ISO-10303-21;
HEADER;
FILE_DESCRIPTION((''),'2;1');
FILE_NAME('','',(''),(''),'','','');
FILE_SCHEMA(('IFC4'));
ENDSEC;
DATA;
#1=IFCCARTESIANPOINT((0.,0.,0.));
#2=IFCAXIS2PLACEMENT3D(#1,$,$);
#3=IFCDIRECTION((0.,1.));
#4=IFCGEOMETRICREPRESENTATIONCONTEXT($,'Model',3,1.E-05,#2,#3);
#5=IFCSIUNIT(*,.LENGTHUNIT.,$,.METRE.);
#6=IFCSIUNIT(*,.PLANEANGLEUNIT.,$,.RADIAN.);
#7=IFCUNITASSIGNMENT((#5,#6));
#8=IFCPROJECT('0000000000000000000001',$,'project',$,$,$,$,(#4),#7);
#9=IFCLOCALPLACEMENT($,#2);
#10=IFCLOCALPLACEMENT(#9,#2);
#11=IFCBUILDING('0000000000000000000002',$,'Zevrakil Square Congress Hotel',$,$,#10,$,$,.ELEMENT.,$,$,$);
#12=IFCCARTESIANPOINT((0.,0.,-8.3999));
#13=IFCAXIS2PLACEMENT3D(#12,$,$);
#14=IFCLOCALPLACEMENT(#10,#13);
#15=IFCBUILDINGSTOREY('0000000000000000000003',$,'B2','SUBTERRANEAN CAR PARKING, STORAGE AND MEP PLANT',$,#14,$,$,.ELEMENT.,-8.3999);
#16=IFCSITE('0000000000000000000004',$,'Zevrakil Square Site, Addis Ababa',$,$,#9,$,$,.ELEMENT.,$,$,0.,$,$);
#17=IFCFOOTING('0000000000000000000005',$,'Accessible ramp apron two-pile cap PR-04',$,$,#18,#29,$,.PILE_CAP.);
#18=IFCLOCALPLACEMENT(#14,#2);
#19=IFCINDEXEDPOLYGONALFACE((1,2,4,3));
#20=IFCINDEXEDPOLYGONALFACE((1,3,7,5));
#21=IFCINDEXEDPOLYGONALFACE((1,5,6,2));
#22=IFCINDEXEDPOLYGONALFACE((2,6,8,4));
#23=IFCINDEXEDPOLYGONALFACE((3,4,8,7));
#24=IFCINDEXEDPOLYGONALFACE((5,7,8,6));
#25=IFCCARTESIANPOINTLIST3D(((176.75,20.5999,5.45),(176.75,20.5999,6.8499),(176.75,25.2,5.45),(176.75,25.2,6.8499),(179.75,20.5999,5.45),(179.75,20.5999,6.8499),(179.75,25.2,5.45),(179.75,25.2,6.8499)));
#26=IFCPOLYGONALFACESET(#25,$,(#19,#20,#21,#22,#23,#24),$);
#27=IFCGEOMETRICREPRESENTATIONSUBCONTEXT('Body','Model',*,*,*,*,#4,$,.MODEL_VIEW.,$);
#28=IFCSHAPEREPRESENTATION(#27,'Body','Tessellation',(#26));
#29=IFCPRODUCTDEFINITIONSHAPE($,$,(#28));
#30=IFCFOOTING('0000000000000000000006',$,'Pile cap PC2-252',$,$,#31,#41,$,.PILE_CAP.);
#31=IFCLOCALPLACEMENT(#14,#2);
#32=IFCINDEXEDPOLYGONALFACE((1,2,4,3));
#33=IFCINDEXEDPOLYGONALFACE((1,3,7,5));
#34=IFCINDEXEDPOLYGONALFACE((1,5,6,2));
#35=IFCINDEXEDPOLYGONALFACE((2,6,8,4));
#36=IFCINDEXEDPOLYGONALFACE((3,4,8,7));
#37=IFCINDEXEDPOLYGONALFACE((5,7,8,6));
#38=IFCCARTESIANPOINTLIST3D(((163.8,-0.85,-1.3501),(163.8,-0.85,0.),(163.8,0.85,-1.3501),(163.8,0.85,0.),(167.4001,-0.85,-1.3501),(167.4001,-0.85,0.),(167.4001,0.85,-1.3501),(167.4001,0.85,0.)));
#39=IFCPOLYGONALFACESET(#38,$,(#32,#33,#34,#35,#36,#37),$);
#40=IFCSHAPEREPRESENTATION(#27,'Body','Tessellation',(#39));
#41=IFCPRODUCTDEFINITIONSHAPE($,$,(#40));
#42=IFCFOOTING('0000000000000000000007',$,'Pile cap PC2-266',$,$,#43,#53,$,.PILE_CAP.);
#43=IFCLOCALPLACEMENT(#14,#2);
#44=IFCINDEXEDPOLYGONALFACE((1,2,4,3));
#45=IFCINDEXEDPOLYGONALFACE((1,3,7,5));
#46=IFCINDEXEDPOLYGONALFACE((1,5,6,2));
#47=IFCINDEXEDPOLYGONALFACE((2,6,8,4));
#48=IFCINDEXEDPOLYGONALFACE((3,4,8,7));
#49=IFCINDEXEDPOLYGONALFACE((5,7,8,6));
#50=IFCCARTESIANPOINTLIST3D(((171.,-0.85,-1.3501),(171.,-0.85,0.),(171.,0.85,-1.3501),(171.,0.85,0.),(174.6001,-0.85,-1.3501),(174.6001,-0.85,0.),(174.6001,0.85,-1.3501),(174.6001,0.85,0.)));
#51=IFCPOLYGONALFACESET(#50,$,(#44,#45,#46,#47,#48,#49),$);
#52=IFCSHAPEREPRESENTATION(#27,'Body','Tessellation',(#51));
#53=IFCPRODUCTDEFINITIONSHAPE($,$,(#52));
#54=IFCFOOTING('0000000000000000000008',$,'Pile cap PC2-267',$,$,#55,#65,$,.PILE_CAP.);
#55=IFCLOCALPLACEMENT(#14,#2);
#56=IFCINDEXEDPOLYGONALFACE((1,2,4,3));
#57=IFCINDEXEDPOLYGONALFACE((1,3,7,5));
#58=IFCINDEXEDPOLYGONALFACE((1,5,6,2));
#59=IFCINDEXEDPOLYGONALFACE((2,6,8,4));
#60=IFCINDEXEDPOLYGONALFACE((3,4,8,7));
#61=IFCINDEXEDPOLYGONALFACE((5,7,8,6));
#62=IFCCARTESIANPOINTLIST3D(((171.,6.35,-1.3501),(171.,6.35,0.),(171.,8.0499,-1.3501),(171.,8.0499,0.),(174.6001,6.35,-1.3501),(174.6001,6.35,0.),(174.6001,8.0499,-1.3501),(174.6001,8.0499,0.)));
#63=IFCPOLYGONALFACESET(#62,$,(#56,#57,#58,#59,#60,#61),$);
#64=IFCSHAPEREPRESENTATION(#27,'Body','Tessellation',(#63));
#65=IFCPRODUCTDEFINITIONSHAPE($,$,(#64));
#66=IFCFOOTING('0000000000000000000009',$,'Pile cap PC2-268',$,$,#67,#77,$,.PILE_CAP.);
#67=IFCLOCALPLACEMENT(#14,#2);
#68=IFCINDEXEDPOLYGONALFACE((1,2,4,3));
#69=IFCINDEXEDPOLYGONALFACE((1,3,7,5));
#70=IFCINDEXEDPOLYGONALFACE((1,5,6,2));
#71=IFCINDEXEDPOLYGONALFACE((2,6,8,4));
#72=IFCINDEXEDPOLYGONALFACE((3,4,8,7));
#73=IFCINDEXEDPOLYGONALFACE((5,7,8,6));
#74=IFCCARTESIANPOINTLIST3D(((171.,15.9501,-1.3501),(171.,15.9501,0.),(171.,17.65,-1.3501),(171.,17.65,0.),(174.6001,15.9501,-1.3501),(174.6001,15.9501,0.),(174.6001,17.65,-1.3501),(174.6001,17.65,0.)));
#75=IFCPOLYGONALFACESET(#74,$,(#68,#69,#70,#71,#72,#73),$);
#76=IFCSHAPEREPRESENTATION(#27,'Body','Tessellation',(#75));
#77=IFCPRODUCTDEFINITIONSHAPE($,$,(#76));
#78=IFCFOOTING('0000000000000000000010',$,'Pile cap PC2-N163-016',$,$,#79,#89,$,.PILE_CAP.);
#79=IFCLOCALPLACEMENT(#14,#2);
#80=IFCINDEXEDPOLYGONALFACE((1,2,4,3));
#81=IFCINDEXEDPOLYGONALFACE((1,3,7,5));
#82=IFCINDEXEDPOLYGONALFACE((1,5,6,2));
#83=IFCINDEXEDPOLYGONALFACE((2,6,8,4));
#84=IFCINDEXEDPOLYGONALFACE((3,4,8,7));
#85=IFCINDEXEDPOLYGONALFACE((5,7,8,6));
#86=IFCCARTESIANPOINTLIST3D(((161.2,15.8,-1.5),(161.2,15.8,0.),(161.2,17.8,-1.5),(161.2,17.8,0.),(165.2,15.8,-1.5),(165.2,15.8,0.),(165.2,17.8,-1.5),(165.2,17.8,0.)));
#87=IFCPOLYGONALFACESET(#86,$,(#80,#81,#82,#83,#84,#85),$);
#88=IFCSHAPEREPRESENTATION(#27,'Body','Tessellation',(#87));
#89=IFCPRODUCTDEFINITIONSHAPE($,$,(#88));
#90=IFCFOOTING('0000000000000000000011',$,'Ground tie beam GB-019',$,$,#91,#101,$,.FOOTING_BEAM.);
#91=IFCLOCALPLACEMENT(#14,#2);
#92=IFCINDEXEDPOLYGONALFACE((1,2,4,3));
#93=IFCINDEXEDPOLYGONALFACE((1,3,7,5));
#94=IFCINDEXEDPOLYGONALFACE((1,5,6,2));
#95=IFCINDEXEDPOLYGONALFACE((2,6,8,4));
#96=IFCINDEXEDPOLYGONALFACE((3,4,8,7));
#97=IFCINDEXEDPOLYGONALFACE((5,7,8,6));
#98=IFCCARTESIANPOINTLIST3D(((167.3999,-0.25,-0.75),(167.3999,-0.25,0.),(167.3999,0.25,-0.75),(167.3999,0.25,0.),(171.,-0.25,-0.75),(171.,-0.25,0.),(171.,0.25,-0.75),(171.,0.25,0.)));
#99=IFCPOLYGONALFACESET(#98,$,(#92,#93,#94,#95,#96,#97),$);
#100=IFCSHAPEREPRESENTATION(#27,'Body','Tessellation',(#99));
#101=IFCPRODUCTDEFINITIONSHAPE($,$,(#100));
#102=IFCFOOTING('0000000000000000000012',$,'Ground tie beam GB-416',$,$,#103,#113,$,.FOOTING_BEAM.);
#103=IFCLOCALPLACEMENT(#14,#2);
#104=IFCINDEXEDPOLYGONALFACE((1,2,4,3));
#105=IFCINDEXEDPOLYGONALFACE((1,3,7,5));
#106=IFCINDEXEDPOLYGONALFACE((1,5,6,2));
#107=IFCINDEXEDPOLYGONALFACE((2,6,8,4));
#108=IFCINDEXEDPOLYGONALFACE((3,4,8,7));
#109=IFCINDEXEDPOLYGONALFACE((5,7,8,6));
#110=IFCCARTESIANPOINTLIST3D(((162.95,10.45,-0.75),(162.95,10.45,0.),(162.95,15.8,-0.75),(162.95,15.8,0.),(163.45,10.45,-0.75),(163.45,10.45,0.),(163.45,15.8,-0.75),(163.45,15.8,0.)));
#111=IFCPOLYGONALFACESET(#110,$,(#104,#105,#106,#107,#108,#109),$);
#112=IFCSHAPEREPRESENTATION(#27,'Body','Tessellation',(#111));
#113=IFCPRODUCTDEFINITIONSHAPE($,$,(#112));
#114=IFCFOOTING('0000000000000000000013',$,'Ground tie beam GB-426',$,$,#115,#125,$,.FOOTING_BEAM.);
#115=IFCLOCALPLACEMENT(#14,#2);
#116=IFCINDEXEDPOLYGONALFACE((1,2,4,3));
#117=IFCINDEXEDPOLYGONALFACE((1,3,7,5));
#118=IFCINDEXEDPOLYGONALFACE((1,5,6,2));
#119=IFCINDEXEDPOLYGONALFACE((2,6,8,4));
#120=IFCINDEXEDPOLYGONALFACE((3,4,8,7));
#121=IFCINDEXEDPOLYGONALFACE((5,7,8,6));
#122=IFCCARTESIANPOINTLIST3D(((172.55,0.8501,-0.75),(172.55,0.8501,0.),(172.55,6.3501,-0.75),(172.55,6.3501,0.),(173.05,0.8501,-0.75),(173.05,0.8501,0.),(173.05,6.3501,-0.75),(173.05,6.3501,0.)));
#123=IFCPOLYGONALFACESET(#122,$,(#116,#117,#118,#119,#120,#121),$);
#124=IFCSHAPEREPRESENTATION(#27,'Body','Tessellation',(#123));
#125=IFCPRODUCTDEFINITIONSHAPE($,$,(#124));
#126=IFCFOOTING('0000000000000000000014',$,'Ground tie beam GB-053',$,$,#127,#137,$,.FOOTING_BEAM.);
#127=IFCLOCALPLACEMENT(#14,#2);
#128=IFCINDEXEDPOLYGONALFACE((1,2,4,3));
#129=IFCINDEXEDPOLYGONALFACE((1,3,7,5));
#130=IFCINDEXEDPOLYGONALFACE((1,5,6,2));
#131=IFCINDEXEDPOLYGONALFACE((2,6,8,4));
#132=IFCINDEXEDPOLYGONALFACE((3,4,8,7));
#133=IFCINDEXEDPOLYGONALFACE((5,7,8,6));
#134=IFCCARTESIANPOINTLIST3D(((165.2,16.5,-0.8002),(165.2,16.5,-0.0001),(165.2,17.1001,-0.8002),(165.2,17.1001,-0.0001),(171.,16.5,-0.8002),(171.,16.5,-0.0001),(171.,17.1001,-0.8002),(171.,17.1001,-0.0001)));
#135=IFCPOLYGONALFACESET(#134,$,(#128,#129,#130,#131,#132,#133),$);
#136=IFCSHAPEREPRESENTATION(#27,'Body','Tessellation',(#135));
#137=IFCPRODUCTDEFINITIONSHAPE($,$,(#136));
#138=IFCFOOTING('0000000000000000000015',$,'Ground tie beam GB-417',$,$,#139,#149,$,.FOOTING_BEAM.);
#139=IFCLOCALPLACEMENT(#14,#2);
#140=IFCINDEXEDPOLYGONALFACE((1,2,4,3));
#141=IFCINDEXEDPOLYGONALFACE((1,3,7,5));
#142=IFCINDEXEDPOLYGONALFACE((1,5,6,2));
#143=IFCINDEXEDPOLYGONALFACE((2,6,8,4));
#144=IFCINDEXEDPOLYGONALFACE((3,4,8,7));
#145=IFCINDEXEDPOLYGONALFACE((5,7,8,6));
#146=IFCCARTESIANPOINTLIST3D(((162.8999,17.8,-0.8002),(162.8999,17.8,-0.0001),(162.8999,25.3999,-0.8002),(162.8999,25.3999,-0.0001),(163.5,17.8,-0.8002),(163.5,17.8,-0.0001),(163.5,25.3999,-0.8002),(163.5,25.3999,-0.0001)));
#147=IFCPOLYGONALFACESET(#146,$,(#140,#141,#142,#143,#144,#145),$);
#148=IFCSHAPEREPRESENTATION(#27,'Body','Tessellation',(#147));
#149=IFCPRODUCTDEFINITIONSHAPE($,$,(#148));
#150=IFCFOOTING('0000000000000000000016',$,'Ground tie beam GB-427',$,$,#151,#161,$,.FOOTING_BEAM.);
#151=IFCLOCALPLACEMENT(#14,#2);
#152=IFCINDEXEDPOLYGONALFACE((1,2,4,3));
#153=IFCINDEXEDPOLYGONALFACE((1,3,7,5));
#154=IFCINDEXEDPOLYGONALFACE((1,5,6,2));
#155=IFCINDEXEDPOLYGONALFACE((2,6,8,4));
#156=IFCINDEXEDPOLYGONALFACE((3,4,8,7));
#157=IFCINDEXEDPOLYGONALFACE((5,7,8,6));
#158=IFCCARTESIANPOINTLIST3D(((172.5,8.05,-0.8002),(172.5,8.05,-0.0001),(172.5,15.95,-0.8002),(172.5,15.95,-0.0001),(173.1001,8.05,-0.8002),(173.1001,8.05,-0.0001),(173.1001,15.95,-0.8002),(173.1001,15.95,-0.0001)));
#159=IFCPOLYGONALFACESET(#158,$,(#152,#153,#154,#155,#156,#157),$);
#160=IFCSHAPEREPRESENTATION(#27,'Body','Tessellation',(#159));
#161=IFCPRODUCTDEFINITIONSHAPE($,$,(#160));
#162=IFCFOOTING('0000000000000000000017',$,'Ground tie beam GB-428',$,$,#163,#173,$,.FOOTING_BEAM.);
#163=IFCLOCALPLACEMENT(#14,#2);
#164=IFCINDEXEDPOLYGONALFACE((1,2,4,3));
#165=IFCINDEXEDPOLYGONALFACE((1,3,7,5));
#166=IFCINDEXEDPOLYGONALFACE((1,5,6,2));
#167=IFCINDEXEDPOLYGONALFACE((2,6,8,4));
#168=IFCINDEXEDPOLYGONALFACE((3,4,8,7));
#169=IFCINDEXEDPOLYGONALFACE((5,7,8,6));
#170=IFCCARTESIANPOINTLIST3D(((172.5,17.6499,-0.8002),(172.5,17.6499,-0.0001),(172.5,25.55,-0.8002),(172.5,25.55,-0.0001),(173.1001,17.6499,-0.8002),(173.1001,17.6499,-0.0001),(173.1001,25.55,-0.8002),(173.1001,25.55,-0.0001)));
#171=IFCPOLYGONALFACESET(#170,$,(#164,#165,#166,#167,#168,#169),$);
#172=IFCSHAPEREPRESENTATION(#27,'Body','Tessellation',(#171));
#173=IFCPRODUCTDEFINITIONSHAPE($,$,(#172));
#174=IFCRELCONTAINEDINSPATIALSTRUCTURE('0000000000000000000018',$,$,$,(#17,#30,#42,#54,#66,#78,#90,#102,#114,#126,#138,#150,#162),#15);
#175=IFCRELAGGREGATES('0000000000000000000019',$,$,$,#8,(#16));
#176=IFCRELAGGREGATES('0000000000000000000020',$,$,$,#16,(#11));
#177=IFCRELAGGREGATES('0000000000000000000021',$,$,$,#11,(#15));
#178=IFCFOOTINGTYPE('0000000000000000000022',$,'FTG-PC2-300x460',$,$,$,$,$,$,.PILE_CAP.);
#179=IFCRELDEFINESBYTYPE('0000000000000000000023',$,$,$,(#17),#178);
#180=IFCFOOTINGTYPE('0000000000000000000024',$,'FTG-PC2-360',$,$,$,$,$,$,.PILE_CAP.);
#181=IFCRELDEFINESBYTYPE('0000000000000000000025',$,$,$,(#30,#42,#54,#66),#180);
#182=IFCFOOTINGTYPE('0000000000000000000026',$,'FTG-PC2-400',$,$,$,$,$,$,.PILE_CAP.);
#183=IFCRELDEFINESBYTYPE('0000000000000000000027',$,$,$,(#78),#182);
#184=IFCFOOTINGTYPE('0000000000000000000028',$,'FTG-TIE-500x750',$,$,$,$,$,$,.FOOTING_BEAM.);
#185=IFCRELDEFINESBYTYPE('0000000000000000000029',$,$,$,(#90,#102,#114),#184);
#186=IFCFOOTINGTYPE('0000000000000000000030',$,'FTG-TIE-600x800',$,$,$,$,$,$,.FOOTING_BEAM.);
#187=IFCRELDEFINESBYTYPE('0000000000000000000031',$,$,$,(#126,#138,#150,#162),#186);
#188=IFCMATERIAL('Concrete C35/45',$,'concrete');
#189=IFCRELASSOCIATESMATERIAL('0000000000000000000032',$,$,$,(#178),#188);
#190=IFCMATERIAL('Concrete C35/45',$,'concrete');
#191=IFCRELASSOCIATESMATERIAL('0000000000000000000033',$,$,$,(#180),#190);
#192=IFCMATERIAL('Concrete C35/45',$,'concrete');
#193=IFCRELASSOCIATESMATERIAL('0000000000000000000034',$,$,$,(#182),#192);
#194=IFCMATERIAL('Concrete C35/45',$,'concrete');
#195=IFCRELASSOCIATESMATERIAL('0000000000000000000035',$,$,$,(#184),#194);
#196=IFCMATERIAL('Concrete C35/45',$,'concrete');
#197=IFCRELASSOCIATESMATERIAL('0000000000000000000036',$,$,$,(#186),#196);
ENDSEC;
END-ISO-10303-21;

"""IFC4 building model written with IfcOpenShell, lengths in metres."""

from ifc_helpers import new_model, si_unit, direction, frame, origin, origin_2d, place, context, subcontext, project, spatial, rectangle, extrude, material, material_profile, profile_set, type_object, element, save


model = new_model("IFC4")

# Units and contexts
model_context = context("Model", 3, precision=1e-05, world=origin(), true_north=direction((0.0, 1.0)))
body_context = subcontext(model_context, "Body", "Model", "MODEL_VIEW")
ifc_project = project(units=[si_unit("LENGTHUNIT", "METRE"), si_unit("PLANEANGLEUNIT", "RADIAN")], contexts=[model_context])

# Site, building, storey
site_placement = place(None, origin())
site = spatial("IfcSite", under=ifc_project, at=site_placement, Name="Zevrakil Square Site, Addis Ababa", CompositionType="ELEMENT", RefElevation=0.0)
building_placement = place(site_placement, origin())
building = spatial("IfcBuilding", under=site, at=building_placement, Name="Zevrakil Square Congress Hotel", CompositionType="ELEMENT")
storey_placement = place(building_placement, frame((0.0, 0.0, -8.3999)))
storey = spatial("IfcBuildingStorey", under=building, at=storey_placement, Name="B2", Description="SUBTERRANEAN CAR PARKING, STORAGE AND MEP PLANT", CompositionType="ELEMENT", Elevation=-8.3999)

# Footings
ifc_material_1 = material(Name="Concrete C35/45", Category="concrete")
footing_type_1 = type_object("IfcFootingType", Name="FTG-PC2-300x460", PredefinedType="PILE_CAP", material=ifc_material_1)
footing_1_placement = place(storey_placement, frame((178.25, 22.8999, 5.45), z_axis=(0.0, 0.0, 1.0), x_axis=(1.0, 0.0, 0.0)))
element("IfcFooting", 1, at=footing_1_placement, inside=storey, type_object=footing_type_1, Name="Accessible ramp apron two-pile cap PR-04", PredefinedType="PILE_CAP", context=body_context, shape_type="SweptSolid", body=[
    extrude(rectangle(XDim=3.0, YDim=4.6001, at=origin_2d()), origin(), (0.0, 0.0, 1.0), 1.3999),
])
ifc_material_2 = material(Name="Concrete C35/45", Category="concrete")
footing_type_2 = type_object("IfcFootingType", Name="FTG-PC2-360", PredefinedType="PILE_CAP", material=ifc_material_2)
for number, where, z_axis, x_axis, name in (
    (2, (165.6001, 0.0, -1.3501), (0.0, 0.0, 1.0), (1.0, 0.0, 0.0), "Pile cap PC2-252"),
    (3, (172.8, 0.0, -1.3501), (0.0, 0.0, 1.0), (1.0, 0.0, 0.0), "Pile cap PC2-266"),
    (4, (172.8, 7.2, -1.3501), (0.0, 0.0, 1.0), (1.0, 0.0, 0.0), "Pile cap PC2-267"),
    (5, (172.8, 16.8, -1.3501), (0.0, 0.0, 1.0), (1.0, 0.0, 0.0), "Pile cap PC2-268"),
):
    element("IfcFooting", number, at=place(storey_placement, frame(where, z_axis=z_axis, x_axis=x_axis)), inside=storey, type_object=footing_type_2, Name=name, PredefinedType="PILE_CAP", context=body_context, shape_type="SweptSolid", body=[
        extrude(rectangle(XDim=3.6001, YDim=1.7, at=origin_2d()), origin(), (0.0, 0.0, 1.0), 1.3501),
    ])
ifc_material_3 = material(Name="Concrete C35/45", Category="concrete")
footing_type_3 = type_object("IfcFootingType", Name="FTG-PC2-400", PredefinedType="PILE_CAP", material=ifc_material_3)
footing_2_placement = place(storey_placement, frame((163.2, 16.8, -1.5), z_axis=(0.0, 0.0, 1.0), x_axis=(1.0, 0.0, 0.0)))
element("IfcFooting", 6, at=footing_2_placement, inside=storey, type_object=footing_type_3, Name="Pile cap PC2-N163-016", PredefinedType="PILE_CAP", context=body_context, shape_type="SweptSolid", body=[
    extrude(rectangle(XDim=4.0, YDim=2.0, at=origin_2d()), origin(), (0.0, 0.0, 1.0), 1.5),
])
ifc_material_4 = material(Name="Concrete C35/45", Category="concrete")
ifc_material_profile_1 = material_profile(ifc_material_4, rectangle(XDim=0.5, YDim=0.75, at=origin_2d()), Name="RC 500x750")
ifc_profile_set_1 = profile_set([ifc_material_profile_1], Name="Concrete C35/45")
footing_type_4 = type_object("IfcFootingType", Name="FTG-TIE-500x750", PredefinedType="FOOTING_BEAM", material=ifc_profile_set_1)
footing_3_placement = place(storey_placement, frame((167.3999, 0.0, -0.375), z_axis=(1.0, 0.0, 0.0), x_axis=(0.0, 1.0, 0.0)))
element("IfcFooting", 7, at=footing_3_placement, inside=storey, type_object=footing_type_4, Name="Ground tie beam GB-019", PredefinedType="FOOTING_BEAM", context=body_context, shape_type="SweptSolid", body=[
    extrude(rectangle(XDim=0.5, YDim=0.75, at=origin_2d()), origin(), (0.0, 0.0, 1.0), 3.6001),
])
footing_4_placement = place(storey_placement, frame((163.2, 10.45, -0.375), z_axis=(0.0, 1.0, 0.0), x_axis=(-1.0, 0.0, 0.0)))
element("IfcFooting", 8, at=footing_4_placement, inside=storey, type_object=footing_type_4, Name="Ground tie beam GB-416", PredefinedType="FOOTING_BEAM", context=body_context, shape_type="SweptSolid", body=[
    extrude(rectangle(XDim=0.5, YDim=0.75, at=origin_2d()), origin(), (0.0, 0.0, 1.0), 5.3501),
])
footing_5_placement = place(storey_placement, frame((172.8, 0.8501, -0.375), z_axis=(0.0, 1.0, 0.0), x_axis=(-1.0, 0.0, 0.0)))
element("IfcFooting", 9, at=footing_5_placement, inside=storey, type_object=footing_type_4, Name="Ground tie beam GB-426", PredefinedType="FOOTING_BEAM", context=body_context, shape_type="SweptSolid", body=[
    extrude(rectangle(XDim=0.5, YDim=0.75, at=origin_2d()), origin(), (0.0, 0.0, 1.0), 5.5),
])
ifc_material_5 = material(Name="Concrete C35/45", Category="concrete")
ifc_material_profile_2 = material_profile(ifc_material_5, rectangle(XDim=0.6001, YDim=0.8, at=origin_2d()), Name="RC 600x800")
ifc_profile_set_2 = profile_set([ifc_material_profile_2], Name="Concrete C35/45")
footing_type_5 = type_object("IfcFootingType", Name="FTG-TIE-600x800", PredefinedType="FOOTING_BEAM", material=ifc_profile_set_2)
footing_6_placement = place(storey_placement, frame((165.2, 16.8, -0.4001), z_axis=(1.0, 0.0, 0.0), x_axis=(0.0, 1.0, 0.0)))
element("IfcFooting", 10, at=footing_6_placement, inside=storey, type_object=footing_type_5, Name="Ground tie beam GB-053", PredefinedType="FOOTING_BEAM", context=body_context, shape_type="SweptSolid", body=[
    extrude(rectangle(XDim=0.6001, YDim=0.8, at=origin_2d()), origin(), (0.0, 0.0, 1.0), 5.8),
])
footing_7_placement = place(storey_placement, frame((163.2, 17.8, -0.4001), z_axis=(0.0, 1.0, 0.0), x_axis=(-1.0, 0.0, 0.0)))
element("IfcFooting", 11, at=footing_7_placement, inside=storey, type_object=footing_type_5, Name="Ground tie beam GB-417", PredefinedType="FOOTING_BEAM", context=body_context, shape_type="SweptSolid", body=[
    extrude(rectangle(XDim=0.6001, YDim=0.8, at=origin_2d()), origin(), (0.0, 0.0, 1.0), 7.5999),
])
footing_8_placement = place(storey_placement, frame((172.8, 8.05, -0.4001), z_axis=(0.0, 1.0, 0.0), x_axis=(-1.0, 0.0, 0.0)))
element("IfcFooting", 12, at=footing_8_placement, inside=storey, type_object=footing_type_5, Name="Ground tie beam GB-427", PredefinedType="FOOTING_BEAM", context=body_context, shape_type="SweptSolid", body=[
    extrude(rectangle(XDim=0.6001, YDim=0.8, at=origin_2d()), origin(), (0.0, 0.0, 1.0), 7.8999),
])
footing_9_placement = place(storey_placement, frame((172.8, 17.6499, -0.4001), z_axis=(0.0, 1.0, 0.0), x_axis=(-1.0, 0.0, 0.0)))
element("IfcFooting", 13, at=footing_9_placement, inside=storey, type_object=footing_type_5, Name="Ground tie beam GB-428", PredefinedType="FOOTING_BEAM", context=body_context, shape_type="SweptSolid", body=[
    extrude(rectangle(XDim=0.6001, YDim=0.8, at=origin_2d()), origin(), (0.0, 0.0, 1.0), 7.9001),
])

save(model, "model.ifc")
